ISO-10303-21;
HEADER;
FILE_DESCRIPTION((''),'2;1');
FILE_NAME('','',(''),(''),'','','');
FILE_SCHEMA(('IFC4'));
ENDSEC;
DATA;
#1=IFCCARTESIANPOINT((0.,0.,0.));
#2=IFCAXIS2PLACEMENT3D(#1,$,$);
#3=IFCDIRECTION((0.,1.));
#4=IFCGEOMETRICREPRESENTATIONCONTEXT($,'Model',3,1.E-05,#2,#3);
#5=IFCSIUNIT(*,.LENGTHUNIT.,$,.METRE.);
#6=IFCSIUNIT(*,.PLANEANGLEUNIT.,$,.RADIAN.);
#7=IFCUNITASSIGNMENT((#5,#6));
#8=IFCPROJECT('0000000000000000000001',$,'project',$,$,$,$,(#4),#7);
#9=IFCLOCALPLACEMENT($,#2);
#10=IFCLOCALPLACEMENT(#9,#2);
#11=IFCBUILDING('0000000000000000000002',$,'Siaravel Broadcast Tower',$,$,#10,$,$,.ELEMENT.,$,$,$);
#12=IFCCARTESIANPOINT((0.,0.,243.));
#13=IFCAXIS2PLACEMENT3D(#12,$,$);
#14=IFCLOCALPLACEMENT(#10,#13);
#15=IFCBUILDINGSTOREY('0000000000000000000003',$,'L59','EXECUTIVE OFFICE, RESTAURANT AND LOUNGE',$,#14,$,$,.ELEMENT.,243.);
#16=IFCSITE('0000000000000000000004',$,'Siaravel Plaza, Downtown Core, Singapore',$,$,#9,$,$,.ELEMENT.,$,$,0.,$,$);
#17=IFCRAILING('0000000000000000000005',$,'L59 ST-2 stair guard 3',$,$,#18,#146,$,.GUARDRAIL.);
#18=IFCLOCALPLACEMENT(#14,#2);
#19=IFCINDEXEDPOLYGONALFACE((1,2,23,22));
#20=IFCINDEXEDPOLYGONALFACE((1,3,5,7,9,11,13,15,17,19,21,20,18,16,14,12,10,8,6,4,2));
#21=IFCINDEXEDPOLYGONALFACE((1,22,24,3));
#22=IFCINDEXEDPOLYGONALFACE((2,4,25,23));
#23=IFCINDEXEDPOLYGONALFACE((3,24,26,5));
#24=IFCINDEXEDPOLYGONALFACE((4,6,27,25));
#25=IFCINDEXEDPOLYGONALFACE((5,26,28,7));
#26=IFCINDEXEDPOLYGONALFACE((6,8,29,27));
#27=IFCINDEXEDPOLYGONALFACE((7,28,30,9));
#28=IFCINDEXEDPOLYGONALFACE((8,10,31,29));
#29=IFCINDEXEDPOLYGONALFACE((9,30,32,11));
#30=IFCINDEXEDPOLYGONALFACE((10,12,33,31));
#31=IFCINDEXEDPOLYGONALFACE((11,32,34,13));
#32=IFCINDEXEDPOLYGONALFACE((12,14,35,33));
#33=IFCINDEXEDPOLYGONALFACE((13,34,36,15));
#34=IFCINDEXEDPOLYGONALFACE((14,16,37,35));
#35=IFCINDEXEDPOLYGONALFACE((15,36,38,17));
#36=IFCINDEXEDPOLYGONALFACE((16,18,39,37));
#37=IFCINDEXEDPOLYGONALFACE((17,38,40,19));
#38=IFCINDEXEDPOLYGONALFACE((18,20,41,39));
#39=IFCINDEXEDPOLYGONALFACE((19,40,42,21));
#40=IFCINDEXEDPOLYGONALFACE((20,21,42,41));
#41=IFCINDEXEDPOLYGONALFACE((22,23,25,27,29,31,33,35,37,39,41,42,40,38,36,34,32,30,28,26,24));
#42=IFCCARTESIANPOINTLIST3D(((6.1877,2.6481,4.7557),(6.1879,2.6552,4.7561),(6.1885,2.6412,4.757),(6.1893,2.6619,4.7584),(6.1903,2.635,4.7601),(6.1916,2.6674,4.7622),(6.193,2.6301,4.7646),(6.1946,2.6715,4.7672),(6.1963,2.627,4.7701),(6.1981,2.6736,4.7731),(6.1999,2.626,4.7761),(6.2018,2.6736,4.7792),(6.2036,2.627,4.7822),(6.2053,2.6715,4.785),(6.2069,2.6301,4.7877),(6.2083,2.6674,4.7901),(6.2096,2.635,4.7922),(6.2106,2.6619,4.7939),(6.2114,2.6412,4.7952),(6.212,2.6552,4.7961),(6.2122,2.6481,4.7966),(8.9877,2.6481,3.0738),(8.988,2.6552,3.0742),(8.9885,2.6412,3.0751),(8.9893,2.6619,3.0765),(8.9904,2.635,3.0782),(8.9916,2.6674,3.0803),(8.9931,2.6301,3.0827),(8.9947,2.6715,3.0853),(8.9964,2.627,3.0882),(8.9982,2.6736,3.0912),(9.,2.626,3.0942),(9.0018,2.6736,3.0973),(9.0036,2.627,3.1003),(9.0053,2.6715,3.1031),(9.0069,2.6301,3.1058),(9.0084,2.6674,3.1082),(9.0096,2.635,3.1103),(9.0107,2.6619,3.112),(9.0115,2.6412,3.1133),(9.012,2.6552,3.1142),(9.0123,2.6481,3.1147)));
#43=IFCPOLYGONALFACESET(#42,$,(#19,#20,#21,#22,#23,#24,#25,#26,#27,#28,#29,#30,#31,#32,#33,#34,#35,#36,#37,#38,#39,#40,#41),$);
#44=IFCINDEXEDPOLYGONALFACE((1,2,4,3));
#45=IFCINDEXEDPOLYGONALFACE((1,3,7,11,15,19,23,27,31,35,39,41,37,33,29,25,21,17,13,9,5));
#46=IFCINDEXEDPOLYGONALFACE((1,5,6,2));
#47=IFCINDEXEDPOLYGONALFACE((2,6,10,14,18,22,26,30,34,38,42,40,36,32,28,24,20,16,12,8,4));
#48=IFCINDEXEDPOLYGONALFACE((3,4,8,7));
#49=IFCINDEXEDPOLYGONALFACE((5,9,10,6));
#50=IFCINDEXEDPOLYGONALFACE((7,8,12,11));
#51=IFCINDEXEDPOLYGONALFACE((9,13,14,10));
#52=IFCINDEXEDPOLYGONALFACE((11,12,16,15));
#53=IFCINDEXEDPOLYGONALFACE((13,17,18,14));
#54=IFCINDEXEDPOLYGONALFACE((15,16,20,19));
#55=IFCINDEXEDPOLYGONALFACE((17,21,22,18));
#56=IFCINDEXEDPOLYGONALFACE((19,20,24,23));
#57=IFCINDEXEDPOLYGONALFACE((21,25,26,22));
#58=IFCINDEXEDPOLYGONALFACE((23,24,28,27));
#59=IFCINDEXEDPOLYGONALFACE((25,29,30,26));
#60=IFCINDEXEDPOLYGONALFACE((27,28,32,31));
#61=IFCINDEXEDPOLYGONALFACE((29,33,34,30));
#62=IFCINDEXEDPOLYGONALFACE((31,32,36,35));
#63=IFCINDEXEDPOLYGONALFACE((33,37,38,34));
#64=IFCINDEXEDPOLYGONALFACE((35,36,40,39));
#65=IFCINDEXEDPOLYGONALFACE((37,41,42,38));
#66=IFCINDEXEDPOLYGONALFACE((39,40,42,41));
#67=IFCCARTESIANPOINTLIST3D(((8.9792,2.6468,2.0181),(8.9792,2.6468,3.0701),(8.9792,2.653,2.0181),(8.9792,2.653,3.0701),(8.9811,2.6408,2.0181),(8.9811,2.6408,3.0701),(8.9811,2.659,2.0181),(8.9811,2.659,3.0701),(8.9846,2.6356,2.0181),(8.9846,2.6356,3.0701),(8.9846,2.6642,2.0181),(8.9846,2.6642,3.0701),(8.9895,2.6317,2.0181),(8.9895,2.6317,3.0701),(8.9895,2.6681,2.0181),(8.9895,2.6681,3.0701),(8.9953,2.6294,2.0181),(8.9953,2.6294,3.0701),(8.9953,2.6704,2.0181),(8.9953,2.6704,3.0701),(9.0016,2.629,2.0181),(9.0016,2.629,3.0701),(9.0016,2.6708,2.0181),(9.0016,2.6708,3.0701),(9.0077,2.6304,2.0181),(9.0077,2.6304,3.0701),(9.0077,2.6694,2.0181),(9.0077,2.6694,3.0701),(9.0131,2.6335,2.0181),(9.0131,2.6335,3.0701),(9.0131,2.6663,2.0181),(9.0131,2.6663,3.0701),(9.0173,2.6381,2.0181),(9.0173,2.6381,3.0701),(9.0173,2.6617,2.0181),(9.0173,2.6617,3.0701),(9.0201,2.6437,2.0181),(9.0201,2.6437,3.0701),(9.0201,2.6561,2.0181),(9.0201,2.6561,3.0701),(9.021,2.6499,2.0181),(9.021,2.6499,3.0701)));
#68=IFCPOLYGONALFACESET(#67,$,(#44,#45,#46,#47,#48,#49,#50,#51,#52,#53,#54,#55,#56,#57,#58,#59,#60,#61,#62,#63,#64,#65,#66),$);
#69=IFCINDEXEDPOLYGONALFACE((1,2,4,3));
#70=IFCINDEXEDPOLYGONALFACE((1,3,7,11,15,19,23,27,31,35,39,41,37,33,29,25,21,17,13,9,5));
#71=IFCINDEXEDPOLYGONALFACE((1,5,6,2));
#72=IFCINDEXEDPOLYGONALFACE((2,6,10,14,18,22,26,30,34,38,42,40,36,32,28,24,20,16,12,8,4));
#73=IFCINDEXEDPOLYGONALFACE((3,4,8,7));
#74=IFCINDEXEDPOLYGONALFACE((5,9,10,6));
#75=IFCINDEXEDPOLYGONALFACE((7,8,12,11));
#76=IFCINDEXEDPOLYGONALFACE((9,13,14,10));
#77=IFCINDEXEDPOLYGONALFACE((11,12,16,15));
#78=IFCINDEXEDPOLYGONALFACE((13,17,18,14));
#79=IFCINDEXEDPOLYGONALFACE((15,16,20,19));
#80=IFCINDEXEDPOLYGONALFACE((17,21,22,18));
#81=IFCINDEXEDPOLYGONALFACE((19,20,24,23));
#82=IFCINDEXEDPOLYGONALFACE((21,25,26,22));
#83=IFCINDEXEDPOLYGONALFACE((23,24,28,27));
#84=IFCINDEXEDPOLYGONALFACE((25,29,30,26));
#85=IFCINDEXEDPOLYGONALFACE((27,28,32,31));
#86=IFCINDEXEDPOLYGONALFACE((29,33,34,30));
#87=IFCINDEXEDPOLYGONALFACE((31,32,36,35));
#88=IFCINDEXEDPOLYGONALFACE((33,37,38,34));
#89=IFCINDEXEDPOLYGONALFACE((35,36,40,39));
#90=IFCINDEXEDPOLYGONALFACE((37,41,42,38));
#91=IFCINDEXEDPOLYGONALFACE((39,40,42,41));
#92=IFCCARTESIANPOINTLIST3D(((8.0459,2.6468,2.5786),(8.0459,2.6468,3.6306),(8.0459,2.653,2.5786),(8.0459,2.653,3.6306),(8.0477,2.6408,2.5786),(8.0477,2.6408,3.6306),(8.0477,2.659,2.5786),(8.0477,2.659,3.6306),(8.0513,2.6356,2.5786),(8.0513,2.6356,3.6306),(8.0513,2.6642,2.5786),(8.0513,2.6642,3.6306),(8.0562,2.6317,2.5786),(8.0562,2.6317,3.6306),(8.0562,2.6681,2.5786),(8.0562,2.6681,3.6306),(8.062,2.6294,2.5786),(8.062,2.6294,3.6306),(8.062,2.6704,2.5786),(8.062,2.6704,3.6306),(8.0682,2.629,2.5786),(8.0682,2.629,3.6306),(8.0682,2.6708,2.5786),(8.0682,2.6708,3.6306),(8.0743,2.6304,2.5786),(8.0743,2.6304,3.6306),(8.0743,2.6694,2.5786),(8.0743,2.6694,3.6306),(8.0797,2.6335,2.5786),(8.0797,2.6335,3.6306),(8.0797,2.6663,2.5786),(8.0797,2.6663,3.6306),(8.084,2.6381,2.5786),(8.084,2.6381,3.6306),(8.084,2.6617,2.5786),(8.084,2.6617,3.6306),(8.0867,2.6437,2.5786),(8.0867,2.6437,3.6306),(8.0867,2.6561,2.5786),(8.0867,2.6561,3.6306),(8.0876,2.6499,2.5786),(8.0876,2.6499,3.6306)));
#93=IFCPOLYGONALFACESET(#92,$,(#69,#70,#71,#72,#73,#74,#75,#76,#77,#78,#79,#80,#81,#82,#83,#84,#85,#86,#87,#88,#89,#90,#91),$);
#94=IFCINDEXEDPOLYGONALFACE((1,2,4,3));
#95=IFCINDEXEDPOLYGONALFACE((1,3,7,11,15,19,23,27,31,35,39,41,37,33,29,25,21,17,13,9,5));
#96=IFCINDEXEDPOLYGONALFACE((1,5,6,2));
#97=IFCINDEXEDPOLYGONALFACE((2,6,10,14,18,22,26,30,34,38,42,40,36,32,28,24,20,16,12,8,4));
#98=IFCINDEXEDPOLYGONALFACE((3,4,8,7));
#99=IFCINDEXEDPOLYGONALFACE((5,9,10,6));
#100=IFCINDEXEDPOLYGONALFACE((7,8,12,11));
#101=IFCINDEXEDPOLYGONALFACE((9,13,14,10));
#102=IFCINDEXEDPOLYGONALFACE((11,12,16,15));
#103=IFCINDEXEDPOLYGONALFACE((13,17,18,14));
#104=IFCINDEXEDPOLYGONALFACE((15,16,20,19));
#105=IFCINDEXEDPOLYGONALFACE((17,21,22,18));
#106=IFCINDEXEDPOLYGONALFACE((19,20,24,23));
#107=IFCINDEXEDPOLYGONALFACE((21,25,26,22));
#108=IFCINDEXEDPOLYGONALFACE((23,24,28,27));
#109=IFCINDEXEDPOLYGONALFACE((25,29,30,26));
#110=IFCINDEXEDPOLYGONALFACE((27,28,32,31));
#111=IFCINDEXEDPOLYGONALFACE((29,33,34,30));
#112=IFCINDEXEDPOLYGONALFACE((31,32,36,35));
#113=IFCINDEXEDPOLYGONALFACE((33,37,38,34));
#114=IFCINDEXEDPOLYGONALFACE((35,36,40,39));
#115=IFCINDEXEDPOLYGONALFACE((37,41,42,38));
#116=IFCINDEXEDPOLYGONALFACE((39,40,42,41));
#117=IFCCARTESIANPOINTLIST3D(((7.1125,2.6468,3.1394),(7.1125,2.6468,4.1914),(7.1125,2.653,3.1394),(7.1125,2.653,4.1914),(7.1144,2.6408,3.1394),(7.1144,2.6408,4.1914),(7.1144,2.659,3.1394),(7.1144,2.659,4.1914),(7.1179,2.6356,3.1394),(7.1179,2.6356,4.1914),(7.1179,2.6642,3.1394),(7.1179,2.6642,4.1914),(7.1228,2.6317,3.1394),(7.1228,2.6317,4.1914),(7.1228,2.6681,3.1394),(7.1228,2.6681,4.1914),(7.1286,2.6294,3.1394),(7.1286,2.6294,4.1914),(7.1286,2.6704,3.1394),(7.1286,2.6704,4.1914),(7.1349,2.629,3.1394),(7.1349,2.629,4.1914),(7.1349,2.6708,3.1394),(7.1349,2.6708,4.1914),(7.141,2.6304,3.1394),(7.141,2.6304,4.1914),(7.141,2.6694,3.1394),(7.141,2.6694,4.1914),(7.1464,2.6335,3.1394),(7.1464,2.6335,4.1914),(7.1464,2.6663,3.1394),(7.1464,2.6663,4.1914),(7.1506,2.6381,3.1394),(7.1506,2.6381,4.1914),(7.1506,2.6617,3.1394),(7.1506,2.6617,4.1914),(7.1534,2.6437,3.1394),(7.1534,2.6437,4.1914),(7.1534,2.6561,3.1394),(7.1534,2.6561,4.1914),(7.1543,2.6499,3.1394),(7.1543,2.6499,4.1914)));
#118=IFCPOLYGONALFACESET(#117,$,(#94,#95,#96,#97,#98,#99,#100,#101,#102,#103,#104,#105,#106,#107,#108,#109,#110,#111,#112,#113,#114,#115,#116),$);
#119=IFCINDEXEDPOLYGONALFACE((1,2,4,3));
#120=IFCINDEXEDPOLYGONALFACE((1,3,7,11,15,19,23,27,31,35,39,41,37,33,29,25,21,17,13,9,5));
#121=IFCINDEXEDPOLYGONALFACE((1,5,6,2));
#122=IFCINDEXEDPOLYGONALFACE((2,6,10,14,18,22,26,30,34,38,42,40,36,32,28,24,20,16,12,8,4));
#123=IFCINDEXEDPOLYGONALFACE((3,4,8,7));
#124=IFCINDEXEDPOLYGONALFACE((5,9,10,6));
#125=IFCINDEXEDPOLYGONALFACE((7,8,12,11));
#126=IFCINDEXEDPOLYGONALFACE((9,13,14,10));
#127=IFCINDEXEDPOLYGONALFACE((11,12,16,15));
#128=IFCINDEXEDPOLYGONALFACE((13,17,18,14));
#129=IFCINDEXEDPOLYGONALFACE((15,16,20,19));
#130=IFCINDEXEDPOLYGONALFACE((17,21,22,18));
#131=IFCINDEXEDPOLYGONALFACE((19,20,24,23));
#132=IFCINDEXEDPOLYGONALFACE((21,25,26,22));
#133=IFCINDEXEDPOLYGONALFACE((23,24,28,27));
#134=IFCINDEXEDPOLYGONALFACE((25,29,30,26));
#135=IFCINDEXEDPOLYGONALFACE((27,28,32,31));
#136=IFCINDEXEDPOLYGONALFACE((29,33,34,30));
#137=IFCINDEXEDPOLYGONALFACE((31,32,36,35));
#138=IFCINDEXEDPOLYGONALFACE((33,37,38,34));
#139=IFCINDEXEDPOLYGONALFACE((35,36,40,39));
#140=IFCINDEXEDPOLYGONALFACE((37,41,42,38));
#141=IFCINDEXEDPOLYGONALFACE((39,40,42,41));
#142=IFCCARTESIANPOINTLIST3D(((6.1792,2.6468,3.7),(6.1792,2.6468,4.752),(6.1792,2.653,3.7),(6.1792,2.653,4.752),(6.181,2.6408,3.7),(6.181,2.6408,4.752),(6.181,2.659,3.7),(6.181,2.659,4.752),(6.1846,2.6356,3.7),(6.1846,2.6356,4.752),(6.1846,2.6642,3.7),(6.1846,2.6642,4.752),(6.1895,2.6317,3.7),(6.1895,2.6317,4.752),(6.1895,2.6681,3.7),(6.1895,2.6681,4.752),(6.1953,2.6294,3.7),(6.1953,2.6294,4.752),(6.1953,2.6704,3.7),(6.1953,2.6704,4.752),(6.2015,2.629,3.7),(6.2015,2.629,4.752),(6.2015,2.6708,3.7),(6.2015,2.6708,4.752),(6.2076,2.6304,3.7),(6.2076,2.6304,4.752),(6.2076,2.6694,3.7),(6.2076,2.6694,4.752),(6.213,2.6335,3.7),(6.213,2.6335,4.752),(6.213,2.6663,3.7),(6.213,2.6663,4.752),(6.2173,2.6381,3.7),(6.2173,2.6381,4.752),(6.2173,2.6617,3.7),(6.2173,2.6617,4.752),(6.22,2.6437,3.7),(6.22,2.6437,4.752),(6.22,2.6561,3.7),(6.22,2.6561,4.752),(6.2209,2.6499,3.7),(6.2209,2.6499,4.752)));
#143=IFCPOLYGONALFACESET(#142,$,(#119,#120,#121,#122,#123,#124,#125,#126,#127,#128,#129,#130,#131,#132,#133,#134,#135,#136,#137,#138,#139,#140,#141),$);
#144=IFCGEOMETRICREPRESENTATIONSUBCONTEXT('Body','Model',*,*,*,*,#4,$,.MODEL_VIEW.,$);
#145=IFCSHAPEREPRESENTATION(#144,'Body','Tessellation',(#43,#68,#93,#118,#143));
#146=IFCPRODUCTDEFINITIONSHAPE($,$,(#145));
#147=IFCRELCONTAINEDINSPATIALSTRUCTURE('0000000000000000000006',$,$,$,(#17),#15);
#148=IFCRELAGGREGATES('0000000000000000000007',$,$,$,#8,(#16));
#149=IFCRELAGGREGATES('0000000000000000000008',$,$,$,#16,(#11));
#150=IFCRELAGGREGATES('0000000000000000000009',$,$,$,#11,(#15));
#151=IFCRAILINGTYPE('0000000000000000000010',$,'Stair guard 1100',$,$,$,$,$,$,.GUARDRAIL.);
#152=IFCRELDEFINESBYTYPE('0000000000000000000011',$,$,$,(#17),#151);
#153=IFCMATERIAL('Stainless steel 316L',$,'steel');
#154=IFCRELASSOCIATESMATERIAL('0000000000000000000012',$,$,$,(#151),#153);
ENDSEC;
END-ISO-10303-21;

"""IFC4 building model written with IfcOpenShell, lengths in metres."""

from ifc_helpers import new_model, si_unit, direction, frame, origin, origin_2d, place, context, subcontext, project, spatial, circle, extrude, material, type_object, element, save


model = new_model("IFC4")

# Units and contexts
model_context = context("Model", 3, precision=1e-05, world=origin(), true_north=direction((0.0, 1.0)))
body_context = subcontext(model_context, "Body", "Model", "MODEL_VIEW")
ifc_project = project(units=[si_unit("LENGTHUNIT", "METRE"), si_unit("PLANEANGLEUNIT", "RADIAN")], contexts=[model_context])

# Site, building, storey
site_placement = place(None, origin())
site = spatial("IfcSite", under=ifc_project, at=site_placement, Name="Siaravel Plaza, Downtown Core, Singapore", CompositionType="ELEMENT", RefElevation=0.0)
building_placement = place(site_placement, origin())
building = spatial("IfcBuilding", under=site, at=building_placement, Name="Siaravel Broadcast Tower", CompositionType="ELEMENT")
storey_placement = place(building_placement, frame((0.0, 0.0, 243.0)))
storey = spatial("IfcBuildingStorey", under=building, at=storey_placement, Name="L59", Description="EXECUTIVE OFFICE, RESTAURANT AND LOUNGE", CompositionType="ELEMENT", Elevation=243.0)

# Railing
ifc_material_1 = material(Name="Stainless steel 316L", Category="steel")
railing_type_1 = type_object("IfcRailingType", Name="Stair guard 1100", PredefinedType="GUARDRAIL", material=ifc_material_1)
railing_1_placement = place(storey_placement, frame((9.0, 2.6499, 2.0181)))
element("IfcRailing", 1, at=railing_1_placement, inside=storey, type_object=railing_type_1, Name="L59 ST-2 stair guard 3", PredefinedType="GUARDRAIL", context=body_context, shape_type="SweptSolid", body=[
    extrude(circle(Radius=0.0239, at=origin_2d()), frame((0.0, 0.0, 1.0762), z_axis=(-0.857242, 0.0, 0.514913), x_axis=(0.0, -1.0, 0.0)), (0.0, 0.0, 1.0), 3.2664),
    extrude(circle(Radius=0.021, at=origin_2d()), origin(), (0.0, 0.0, 1.0), 1.052),
    extrude(circle(Radius=0.021, at=origin_2d()), frame((-0.9333, 0.0, 0.5605)), (0.0, 0.0, 1.0), 1.052),
    extrude(circle(Radius=0.021, at=origin_2d()), frame((-1.8667, 0.0, 1.1213)), (0.0, 0.0, 1.0), 1.052),
    extrude(circle(Radius=0.021, at=origin_2d()), frame((-2.8, 0.0, 1.6819)), (0.0, 0.0, 1.0), 1.052),
])

save(model, "model.ifc")
